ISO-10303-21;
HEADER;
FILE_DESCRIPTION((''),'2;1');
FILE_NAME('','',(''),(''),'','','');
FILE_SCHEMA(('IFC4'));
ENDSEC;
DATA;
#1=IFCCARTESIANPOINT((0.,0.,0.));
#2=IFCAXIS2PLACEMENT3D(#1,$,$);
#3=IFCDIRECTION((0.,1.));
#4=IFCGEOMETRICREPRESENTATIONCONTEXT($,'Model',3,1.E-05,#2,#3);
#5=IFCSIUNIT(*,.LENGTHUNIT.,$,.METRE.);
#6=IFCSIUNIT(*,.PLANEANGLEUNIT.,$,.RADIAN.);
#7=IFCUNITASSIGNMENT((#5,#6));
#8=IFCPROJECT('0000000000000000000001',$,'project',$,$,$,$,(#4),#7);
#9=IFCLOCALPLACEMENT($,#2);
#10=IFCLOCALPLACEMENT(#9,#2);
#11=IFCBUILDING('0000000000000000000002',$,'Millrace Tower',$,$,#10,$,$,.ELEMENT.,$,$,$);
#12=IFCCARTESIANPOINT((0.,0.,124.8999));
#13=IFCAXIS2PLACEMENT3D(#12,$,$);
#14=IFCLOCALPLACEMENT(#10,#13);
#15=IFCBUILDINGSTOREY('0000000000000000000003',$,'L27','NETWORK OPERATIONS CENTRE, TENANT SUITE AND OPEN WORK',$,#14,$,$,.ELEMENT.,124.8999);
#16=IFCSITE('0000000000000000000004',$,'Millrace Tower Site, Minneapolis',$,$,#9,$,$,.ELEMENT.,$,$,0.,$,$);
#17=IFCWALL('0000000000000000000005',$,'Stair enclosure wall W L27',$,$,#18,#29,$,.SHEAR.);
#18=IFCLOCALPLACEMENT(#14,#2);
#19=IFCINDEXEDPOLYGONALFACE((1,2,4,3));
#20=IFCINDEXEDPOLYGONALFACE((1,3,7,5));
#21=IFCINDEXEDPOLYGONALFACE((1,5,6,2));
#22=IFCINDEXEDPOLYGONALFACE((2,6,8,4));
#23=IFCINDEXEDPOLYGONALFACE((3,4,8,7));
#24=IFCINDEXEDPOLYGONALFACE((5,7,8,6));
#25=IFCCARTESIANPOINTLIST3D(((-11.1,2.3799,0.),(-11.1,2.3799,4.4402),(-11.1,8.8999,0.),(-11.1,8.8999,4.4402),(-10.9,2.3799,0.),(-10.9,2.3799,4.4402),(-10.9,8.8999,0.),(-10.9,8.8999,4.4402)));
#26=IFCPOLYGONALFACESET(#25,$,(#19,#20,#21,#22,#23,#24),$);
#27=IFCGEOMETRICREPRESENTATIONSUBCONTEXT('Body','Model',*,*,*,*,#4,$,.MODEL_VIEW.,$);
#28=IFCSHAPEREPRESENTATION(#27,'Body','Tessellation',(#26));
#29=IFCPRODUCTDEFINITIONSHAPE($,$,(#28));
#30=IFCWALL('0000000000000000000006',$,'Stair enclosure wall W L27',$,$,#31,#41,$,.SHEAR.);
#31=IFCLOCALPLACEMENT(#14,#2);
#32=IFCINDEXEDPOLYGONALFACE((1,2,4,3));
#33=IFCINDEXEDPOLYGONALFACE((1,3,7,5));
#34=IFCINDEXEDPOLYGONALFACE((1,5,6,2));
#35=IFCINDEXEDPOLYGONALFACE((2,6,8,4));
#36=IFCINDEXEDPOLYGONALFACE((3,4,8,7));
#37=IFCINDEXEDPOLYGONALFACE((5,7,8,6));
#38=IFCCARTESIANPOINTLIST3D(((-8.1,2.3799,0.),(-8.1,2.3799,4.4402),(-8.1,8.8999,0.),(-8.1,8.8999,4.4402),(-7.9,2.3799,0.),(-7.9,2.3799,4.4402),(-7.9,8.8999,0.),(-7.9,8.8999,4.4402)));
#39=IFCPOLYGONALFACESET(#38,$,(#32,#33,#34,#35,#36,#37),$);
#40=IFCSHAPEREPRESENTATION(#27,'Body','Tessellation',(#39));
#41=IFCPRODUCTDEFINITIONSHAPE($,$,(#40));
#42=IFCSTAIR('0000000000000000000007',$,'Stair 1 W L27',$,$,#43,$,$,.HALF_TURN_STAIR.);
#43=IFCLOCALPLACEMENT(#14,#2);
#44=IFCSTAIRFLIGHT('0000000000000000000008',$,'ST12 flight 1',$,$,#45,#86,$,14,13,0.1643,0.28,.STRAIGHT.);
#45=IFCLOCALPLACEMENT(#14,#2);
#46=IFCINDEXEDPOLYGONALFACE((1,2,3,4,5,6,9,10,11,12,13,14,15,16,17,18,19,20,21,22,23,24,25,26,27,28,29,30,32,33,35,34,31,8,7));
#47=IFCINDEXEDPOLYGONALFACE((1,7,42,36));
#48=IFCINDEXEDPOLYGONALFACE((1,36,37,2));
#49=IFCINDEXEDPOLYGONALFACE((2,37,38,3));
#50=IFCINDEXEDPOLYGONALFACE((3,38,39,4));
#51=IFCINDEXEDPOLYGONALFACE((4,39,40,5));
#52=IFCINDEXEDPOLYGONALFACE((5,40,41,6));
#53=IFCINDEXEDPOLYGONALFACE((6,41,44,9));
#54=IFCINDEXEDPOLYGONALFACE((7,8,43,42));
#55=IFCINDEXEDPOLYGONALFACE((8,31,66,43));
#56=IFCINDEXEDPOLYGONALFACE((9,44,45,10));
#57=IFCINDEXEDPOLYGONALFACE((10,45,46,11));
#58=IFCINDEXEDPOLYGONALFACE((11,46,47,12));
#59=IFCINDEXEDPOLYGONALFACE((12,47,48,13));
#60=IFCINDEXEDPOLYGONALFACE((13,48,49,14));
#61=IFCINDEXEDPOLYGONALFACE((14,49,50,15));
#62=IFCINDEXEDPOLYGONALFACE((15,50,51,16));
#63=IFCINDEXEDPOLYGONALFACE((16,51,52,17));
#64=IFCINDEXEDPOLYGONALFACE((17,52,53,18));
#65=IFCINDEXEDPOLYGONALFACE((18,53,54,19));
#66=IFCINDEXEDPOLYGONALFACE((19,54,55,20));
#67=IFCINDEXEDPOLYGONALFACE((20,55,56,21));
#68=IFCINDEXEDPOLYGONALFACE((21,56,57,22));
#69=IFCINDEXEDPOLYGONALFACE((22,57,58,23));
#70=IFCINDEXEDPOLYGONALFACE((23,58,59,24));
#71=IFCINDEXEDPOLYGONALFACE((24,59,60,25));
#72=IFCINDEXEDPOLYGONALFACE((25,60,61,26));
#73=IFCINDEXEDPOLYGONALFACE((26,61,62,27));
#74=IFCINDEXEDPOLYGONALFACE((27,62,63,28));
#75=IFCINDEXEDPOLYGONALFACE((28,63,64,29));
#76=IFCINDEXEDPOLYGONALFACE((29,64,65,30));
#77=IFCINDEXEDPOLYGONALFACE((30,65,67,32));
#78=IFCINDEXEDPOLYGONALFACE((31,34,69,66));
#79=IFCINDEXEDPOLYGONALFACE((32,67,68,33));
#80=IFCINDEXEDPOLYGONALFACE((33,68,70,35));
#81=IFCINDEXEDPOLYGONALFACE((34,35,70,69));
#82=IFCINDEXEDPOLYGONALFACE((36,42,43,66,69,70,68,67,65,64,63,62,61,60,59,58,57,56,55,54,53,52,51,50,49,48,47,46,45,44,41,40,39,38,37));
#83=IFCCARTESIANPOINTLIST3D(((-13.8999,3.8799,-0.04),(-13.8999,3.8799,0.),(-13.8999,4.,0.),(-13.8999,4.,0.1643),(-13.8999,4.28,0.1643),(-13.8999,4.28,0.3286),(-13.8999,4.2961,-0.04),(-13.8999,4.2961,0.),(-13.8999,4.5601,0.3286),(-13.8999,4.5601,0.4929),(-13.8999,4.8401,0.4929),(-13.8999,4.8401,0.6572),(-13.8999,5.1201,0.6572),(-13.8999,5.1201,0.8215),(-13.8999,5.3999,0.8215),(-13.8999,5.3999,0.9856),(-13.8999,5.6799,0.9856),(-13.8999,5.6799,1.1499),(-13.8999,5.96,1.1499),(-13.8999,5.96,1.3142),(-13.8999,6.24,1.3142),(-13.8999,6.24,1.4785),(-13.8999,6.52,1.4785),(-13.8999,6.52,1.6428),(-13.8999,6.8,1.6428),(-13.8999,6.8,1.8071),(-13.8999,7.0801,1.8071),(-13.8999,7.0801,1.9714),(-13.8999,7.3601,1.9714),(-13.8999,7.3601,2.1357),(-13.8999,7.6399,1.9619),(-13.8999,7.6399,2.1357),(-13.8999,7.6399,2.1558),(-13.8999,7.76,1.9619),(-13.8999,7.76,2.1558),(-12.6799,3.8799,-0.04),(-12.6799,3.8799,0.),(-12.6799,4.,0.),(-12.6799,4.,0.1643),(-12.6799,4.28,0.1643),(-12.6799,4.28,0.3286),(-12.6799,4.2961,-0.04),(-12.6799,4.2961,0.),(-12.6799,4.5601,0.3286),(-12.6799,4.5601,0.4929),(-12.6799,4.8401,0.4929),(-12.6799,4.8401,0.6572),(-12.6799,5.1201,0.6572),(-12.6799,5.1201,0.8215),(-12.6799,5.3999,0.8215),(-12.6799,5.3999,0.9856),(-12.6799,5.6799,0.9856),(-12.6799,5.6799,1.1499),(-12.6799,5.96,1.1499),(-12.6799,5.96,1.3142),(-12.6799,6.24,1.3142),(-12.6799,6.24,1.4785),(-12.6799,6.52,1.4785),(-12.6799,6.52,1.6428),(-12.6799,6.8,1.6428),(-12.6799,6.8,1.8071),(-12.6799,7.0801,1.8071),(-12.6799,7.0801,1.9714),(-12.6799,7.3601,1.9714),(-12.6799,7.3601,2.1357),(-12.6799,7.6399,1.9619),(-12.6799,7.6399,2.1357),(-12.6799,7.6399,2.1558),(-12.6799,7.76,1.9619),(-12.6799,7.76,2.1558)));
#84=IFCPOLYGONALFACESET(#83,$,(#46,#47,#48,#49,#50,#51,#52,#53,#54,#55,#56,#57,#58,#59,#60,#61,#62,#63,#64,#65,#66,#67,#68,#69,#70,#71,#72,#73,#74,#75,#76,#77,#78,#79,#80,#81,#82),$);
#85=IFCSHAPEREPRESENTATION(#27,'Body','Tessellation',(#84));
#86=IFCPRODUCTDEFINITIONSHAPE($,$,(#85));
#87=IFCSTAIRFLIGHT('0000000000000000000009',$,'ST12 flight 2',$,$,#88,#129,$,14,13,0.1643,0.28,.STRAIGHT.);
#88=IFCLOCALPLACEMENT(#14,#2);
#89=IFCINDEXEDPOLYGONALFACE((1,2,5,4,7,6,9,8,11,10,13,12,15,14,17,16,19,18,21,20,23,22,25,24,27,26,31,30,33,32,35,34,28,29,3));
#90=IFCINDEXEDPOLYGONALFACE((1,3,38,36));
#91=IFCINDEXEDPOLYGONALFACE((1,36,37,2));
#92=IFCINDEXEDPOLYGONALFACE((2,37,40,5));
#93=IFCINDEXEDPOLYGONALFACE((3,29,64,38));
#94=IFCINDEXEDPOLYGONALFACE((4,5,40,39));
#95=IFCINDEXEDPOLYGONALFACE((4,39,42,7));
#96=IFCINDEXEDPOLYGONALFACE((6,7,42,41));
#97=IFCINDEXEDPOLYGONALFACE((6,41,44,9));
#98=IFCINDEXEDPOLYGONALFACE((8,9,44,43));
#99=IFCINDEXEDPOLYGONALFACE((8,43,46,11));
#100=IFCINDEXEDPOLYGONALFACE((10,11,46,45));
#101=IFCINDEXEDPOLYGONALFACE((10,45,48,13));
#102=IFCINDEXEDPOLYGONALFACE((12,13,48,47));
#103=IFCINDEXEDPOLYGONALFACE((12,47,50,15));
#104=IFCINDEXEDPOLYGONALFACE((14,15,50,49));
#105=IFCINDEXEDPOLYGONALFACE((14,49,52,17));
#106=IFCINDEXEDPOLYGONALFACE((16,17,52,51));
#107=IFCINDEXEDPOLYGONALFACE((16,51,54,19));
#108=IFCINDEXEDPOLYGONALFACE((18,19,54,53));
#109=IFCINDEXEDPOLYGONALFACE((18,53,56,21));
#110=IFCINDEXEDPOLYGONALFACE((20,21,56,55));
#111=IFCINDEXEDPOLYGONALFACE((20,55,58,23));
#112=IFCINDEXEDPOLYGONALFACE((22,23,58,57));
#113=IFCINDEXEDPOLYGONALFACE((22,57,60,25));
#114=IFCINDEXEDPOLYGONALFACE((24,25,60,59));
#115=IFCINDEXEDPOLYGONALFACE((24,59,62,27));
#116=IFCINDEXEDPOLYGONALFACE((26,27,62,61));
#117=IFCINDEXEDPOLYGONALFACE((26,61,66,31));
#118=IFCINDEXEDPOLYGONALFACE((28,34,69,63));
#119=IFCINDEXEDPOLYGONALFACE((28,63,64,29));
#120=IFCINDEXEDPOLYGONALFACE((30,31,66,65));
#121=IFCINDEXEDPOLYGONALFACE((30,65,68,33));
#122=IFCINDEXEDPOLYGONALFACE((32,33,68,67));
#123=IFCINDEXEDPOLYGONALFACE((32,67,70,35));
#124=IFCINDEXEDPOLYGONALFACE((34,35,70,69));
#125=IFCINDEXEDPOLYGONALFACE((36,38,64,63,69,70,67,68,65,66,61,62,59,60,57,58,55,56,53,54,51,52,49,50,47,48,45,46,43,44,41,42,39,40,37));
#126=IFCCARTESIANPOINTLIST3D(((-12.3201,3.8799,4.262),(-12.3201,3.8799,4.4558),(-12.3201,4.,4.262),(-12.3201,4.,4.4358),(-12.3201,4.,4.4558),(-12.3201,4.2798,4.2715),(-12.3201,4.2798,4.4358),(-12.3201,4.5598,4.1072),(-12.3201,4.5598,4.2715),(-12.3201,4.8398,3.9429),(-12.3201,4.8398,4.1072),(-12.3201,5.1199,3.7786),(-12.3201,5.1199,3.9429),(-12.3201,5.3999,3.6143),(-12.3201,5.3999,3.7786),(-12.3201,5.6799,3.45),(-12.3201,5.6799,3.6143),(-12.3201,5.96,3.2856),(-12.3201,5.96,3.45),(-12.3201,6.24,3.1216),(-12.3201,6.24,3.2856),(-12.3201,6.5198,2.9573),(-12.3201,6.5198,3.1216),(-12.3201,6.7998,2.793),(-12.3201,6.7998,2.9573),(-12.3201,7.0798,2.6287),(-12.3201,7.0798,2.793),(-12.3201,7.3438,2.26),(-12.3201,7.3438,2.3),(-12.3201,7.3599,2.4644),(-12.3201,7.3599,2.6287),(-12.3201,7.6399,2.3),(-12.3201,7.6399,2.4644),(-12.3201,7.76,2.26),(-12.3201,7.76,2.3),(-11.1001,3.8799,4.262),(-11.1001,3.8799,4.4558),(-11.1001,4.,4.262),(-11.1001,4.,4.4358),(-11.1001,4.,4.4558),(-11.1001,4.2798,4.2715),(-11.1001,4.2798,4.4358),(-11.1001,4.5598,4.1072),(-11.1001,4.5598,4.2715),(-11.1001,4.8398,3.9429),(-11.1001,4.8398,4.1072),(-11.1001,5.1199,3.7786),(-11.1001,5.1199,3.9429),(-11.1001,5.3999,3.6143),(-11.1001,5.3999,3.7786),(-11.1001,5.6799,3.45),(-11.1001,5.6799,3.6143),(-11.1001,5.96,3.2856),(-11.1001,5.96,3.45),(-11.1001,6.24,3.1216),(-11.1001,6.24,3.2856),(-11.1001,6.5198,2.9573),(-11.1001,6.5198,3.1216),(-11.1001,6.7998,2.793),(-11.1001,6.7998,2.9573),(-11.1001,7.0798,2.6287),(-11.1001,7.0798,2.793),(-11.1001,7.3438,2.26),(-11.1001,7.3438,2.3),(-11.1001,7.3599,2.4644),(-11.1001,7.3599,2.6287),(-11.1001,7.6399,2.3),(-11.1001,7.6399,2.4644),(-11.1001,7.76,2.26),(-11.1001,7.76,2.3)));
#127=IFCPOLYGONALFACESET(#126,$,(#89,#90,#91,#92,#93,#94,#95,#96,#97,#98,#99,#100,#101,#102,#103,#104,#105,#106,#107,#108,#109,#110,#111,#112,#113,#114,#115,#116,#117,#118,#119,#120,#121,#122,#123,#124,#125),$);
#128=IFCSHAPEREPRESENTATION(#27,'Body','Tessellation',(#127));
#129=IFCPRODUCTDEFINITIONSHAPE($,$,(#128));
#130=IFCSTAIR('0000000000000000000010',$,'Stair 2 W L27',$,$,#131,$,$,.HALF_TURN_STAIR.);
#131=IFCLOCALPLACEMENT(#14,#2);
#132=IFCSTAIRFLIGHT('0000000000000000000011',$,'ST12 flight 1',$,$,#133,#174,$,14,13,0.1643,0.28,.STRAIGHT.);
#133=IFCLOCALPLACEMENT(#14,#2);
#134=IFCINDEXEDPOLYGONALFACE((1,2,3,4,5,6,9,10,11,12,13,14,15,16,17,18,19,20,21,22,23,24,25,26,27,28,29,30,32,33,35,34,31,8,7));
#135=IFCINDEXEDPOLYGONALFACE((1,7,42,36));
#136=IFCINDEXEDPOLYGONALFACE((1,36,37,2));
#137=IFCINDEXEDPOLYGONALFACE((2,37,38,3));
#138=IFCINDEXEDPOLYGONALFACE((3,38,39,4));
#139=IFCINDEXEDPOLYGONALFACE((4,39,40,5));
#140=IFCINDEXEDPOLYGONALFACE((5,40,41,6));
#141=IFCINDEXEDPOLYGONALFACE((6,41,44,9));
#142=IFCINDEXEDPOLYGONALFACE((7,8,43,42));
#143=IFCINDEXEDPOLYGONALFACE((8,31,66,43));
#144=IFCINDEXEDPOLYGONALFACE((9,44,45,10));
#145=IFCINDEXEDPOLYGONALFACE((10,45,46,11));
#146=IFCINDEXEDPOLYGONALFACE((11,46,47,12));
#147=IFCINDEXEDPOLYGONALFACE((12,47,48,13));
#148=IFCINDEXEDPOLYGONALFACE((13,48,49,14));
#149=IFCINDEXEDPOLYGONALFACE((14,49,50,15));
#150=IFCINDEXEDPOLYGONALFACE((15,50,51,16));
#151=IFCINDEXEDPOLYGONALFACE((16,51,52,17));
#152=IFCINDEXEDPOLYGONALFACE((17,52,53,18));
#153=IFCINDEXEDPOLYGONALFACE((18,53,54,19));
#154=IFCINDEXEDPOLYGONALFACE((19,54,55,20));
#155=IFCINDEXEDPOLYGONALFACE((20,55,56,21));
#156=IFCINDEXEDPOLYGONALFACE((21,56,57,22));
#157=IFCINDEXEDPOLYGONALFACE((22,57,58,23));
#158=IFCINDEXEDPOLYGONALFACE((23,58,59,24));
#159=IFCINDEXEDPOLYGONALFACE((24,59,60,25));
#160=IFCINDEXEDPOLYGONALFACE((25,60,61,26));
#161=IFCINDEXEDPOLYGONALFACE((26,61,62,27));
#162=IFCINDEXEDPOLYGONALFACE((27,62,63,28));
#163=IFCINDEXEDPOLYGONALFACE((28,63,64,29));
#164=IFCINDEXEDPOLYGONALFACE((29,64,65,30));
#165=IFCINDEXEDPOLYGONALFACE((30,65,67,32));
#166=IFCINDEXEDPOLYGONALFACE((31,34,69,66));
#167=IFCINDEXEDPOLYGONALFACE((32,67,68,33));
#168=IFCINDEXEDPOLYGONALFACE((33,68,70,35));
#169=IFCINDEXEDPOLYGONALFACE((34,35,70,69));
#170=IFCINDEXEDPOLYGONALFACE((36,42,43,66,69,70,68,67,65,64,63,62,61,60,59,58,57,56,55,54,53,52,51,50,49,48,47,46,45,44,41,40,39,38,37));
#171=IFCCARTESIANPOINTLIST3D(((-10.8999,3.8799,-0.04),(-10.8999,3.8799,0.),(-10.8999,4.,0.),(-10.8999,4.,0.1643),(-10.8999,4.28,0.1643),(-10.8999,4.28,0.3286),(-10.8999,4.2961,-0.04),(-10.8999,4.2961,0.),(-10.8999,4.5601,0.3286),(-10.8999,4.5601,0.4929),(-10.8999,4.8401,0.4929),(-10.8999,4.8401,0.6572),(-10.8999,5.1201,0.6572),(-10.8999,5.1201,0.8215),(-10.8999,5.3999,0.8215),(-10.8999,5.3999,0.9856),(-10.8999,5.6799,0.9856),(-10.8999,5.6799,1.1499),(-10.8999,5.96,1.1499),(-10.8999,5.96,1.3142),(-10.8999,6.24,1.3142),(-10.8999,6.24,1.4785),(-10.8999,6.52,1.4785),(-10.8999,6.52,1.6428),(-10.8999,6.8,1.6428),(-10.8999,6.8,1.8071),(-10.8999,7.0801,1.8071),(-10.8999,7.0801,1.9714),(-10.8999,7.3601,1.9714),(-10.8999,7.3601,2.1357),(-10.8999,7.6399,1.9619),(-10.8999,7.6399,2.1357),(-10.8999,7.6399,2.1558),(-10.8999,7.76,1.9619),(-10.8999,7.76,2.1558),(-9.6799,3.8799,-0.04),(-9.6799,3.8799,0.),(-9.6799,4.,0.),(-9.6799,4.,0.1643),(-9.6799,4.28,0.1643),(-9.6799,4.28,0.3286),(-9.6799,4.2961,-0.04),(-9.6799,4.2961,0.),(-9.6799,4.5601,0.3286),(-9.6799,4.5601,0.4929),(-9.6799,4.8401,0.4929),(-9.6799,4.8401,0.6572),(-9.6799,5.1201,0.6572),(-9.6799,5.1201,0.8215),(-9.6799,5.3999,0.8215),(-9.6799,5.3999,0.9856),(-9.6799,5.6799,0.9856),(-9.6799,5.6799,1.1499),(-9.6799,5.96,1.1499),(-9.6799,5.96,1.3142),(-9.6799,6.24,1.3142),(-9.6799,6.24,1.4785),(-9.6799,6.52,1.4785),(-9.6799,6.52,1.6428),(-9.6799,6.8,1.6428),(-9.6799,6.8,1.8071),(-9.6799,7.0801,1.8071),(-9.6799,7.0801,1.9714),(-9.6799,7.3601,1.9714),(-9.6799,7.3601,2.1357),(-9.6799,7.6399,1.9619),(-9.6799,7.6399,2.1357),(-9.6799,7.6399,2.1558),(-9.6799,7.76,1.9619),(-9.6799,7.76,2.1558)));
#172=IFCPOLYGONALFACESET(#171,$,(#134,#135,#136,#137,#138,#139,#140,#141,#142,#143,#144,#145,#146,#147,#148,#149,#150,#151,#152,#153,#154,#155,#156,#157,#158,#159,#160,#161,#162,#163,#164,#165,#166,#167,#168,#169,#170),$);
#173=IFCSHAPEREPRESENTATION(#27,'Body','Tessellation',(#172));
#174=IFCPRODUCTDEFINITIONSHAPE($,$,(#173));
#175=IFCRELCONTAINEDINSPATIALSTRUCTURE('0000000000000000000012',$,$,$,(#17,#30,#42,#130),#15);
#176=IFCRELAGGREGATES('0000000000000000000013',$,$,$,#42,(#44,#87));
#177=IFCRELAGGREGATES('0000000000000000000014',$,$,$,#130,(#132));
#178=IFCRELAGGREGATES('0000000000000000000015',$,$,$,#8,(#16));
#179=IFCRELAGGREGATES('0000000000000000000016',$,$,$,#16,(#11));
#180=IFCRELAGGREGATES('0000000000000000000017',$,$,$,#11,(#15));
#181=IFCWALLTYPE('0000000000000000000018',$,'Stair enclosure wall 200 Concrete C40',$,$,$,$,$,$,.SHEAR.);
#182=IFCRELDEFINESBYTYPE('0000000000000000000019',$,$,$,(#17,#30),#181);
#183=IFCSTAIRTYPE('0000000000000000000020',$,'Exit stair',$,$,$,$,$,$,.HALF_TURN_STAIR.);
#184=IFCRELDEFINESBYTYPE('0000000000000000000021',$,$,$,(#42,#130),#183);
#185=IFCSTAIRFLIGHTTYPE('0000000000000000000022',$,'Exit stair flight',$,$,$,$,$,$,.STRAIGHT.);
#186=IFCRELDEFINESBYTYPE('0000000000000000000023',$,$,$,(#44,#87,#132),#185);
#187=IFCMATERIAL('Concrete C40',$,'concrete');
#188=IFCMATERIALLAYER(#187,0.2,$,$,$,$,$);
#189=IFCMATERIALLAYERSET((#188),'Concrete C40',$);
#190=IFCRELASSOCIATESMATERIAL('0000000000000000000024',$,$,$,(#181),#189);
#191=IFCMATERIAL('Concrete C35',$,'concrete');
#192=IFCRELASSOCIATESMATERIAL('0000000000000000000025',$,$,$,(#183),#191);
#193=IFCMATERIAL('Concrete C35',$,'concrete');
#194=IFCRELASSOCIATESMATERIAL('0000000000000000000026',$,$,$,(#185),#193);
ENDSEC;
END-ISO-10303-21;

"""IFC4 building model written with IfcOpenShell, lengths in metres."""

from ifc_helpers import new_model, si_unit, direction, frame, frame_2d, origin, place, context, subcontext, project, spatial, polyline, rectangle, outline, extrude, material, layer, layer_set, type_object, element, aggregate, save


model = new_model("IFC4")

# Units and contexts
model_context = context("Model", 3, precision=1e-05, world=origin(), true_north=direction((0.0, 1.0)))
body_context = subcontext(model_context, "Body", "Model", "MODEL_VIEW")
ifc_project = project(units=[si_unit("LENGTHUNIT", "METRE"), si_unit("PLANEANGLEUNIT", "RADIAN")], contexts=[model_context])

# Site, building, storey
site_placement = place(None, origin())
site = spatial("IfcSite", under=ifc_project, at=site_placement, Name="Millrace Tower Site, Minneapolis", CompositionType="ELEMENT", RefElevation=0.0)
building_placement = place(site_placement, origin())
building = spatial("IfcBuilding", under=site, at=building_placement, Name="Millrace Tower", CompositionType="ELEMENT")
storey_placement = place(building_placement, frame((0.0, 0.0, 124.8999)))
storey = spatial("IfcBuildingStorey", under=building, at=storey_placement, Name="L27", Description="NETWORK OPERATIONS CENTRE, TENANT SUITE AND OPEN WORK", CompositionType="ELEMENT", Elevation=124.8999)

# Shared definitions
ifc_material_1 = material(Name="Concrete C40", Category="concrete")
ifc_layer_1 = layer(ifc_material_1, 0.2)
ifc_layer_set_1 = layer_set([ifc_layer_1], Name="Concrete C40")
wall_type_1 = type_object("IfcWallType", Name="Stair enclosure wall 200 Concrete C40", PredefinedType="SHEAR", material=ifc_layer_set_1)

# Walls
for number, where, z_axis, x_axis, name in (
    (1, (-11.0, 2.3799, 0.0), (0.0, 0.0, 1.0), (0.0, 1.0, 0.0), "Stair enclosure wall W L27"),
    (2, (-8.0, 2.3799, 0.0), (0.0, 0.0, 1.0), (0.0, 1.0, 0.0), "Stair enclosure wall W L27"),
):
    element("IfcWall", number, at=place(storey_placement, frame(where, z_axis=z_axis, x_axis=x_axis)), inside=storey, type_object=wall_type_1, Name=name, PredefinedType="SHEAR", context=body_context, shape_type="SweptSolid", body=[
        extrude(rectangle(XDim=6.52, YDim=0.2, at=frame_2d((3.26, 0.0))), origin(), (0.0, 0.0, 1.0), 4.4402),
    ])

# Stairs, stair flights
ifc_material_2 = material(Name="Concrete C35", Category="concrete")
stair_type = type_object("IfcStairType", Name="Exit stair", PredefinedType="HALF_TURN_STAIR", material=ifc_material_2)
placement = place(storey_placement, origin())
stair_1 = element("IfcStair", 3, at=placement, inside=storey, type_object=stair_type, Name="Stair 1 W L27", PredefinedType="HALF_TURN_STAIR")
ifc_material_3 = material(Name="Concrete C35", Category="concrete")
stair_flight_type = type_object("IfcStairFlightType", Name="Exit stair flight", PredefinedType="STRAIGHT", material=ifc_material_3)
stair_flight_1_placement = place(storey_placement, frame((-13.29, 4.0, 0.0), z_axis=(0.0, 0.0, 1.0), x_axis=(0.0, 1.0, 0.0)))
stair_flight_1 = element("IfcStairFlight", 4, at=stair_flight_1_placement, type_object=stair_flight_type, Name="ST12 flight 1", NumberOfRisers=14, NumberOfTreads=13, PredefinedType="STRAIGHT", RiserHeight=0.1643, TreadLength=0.28, context=body_context, shape_type="SweptSolid", body=[
    extrude(outline(polyline([(-0.1201, -0.04), (-0.1201, 0.0), (0.0, 0.0), (0.0, 0.1643), (0.28, 0.1643), (0.28, 0.3286), (0.5601, 0.3286), (0.5601, 0.4929), (0.8401, 0.4929), (0.8401, 0.6572), (1.1201, 0.6572), (1.1201, 0.8215), (1.3999, 0.8215), (1.3999, 0.9856), (1.6799, 0.9856), (1.6799, 1.1499), (1.96, 1.1499), (1.96, 1.3142), (2.24, 1.3142), (2.24, 1.4785), (2.52, 1.4785), (2.52, 1.6428), (2.8, 1.6428), (2.8, 1.8071), (3.0801, 1.8071), (3.0801, 1.9714), (3.3601, 1.9714), (3.3601, 2.1357), (3.6399, 2.1357), (3.6399, 2.1558), (3.76, 2.1558), (3.76, 1.9619), (3.6399, 1.9619), (0.2961, 0.0), (0.2961, -0.04), (-0.1201, -0.04)])), frame((0.0, 0.6099, 0.0), z_axis=(0.0, -1.0, 0.0), x_axis=(1.0, 0.0, 0.0)), (0.0, 0.0, 1.0), 1.22),
])
stair_flight_2_placement = place(storey_placement, frame((-11.71, 7.6399, 2.3), z_axis=(0.0, 0.0, 1.0), x_axis=(0.0, -1.0, 0.0)))
stair_flight_2 = element("IfcStairFlight", 5, at=stair_flight_2_placement, type_object=stair_flight_type, Name="ST12 flight 2", NumberOfRisers=14, NumberOfTreads=13, PredefinedType="STRAIGHT", RiserHeight=0.1643, TreadLength=0.28, context=body_context, shape_type="SweptSolid", body=[
    extrude(outline(polyline([(-0.1201, -0.04), (-0.1201, 0.0), (0.0, 0.0), (0.0, 0.1643), (0.28, 0.1643), (0.28, 0.3286), (0.5601, 0.3286), (0.5601, 0.4929), (0.8401, 0.4929), (0.8401, 0.6572), (1.1201, 0.6572), (1.1201, 0.8215), (1.3999, 0.8215), (1.3999, 0.9856), (1.6799, 0.9856), (1.6799, 1.1499), (1.96, 1.1499), (1.96, 1.3142), (2.24, 1.3142), (2.24, 1.4785), (2.52, 1.4785), (2.52, 1.6428), (2.8, 1.6428), (2.8, 1.8071), (3.0801, 1.8071), (3.0801, 1.9714), (3.3601, 1.9714), (3.3601, 2.1357), (3.6399, 2.1357), (3.6399, 2.1558), (3.76, 2.1558), (3.76, 1.9619), (3.6399, 1.9619), (0.2961, 0.0), (0.2961, -0.04), (-0.1201, -0.04)])), frame((0.0, 0.6099, 0.0), z_axis=(0.0, -1.0, 0.0), x_axis=(1.0, 0.0, 0.0)), (0.0, 0.0, 1.0), 1.22),
])
aggregate(stair_1, [stair_flight_1, stair_flight_2])
stair_2 = element("IfcStair", 6, at=placement, inside=storey, type_object=stair_type, Name="Stair 2 W L27", PredefinedType="HALF_TURN_STAIR")
stair_flight_3_placement = place(storey_placement, frame((-10.29, 4.0, 0.0), z_axis=(0.0, 0.0, 1.0), x_axis=(0.0, 1.0, 0.0)))
stair_flight_3 = element("IfcStairFlight", 7, at=stair_flight_3_placement, type_object=stair_flight_type, Name="ST12 flight 1", NumberOfRisers=14, NumberOfTreads=13, PredefinedType="STRAIGHT", RiserHeight=0.1643, TreadLength=0.28, context=body_context, shape_type="SweptSolid", body=[
    extrude(outline(polyline([(-0.1201, -0.04), (-0.1201, 0.0), (0.0, 0.0), (0.0, 0.1643), (0.28, 0.1643), (0.28, 0.3286), (0.5601, 0.3286), (0.5601, 0.4929), (0.8401, 0.4929), (0.8401, 0.6572), (1.1201, 0.6572), (1.1201, 0.8215), (1.3999, 0.8215), (1.3999, 0.9856), (1.6799, 0.9856), (1.6799, 1.1499), (1.96, 1.1499), (1.96, 1.3142), (2.24, 1.3142), (2.24, 1.4785), (2.52, 1.4785), (2.52, 1.6428), (2.8, 1.6428), (2.8, 1.8071), (3.0801, 1.8071), (3.0801, 1.9714), (3.3601, 1.9714), (3.3601, 2.1357), (3.6399, 2.1357), (3.6399, 2.1558), (3.76, 2.1558), (3.76, 1.9619), (3.6399, 1.9619), (0.2961, 0.0), (0.2961, -0.04), (-0.1201, -0.04)])), frame((0.0, 0.6099, 0.0), z_axis=(0.0, -1.0, 0.0), x_axis=(1.0, 0.0, 0.0)), (0.0, 0.0, 1.0), 1.22),
])
aggregate(stair_2, [stair_flight_3])

save(model, "model.ifc")
